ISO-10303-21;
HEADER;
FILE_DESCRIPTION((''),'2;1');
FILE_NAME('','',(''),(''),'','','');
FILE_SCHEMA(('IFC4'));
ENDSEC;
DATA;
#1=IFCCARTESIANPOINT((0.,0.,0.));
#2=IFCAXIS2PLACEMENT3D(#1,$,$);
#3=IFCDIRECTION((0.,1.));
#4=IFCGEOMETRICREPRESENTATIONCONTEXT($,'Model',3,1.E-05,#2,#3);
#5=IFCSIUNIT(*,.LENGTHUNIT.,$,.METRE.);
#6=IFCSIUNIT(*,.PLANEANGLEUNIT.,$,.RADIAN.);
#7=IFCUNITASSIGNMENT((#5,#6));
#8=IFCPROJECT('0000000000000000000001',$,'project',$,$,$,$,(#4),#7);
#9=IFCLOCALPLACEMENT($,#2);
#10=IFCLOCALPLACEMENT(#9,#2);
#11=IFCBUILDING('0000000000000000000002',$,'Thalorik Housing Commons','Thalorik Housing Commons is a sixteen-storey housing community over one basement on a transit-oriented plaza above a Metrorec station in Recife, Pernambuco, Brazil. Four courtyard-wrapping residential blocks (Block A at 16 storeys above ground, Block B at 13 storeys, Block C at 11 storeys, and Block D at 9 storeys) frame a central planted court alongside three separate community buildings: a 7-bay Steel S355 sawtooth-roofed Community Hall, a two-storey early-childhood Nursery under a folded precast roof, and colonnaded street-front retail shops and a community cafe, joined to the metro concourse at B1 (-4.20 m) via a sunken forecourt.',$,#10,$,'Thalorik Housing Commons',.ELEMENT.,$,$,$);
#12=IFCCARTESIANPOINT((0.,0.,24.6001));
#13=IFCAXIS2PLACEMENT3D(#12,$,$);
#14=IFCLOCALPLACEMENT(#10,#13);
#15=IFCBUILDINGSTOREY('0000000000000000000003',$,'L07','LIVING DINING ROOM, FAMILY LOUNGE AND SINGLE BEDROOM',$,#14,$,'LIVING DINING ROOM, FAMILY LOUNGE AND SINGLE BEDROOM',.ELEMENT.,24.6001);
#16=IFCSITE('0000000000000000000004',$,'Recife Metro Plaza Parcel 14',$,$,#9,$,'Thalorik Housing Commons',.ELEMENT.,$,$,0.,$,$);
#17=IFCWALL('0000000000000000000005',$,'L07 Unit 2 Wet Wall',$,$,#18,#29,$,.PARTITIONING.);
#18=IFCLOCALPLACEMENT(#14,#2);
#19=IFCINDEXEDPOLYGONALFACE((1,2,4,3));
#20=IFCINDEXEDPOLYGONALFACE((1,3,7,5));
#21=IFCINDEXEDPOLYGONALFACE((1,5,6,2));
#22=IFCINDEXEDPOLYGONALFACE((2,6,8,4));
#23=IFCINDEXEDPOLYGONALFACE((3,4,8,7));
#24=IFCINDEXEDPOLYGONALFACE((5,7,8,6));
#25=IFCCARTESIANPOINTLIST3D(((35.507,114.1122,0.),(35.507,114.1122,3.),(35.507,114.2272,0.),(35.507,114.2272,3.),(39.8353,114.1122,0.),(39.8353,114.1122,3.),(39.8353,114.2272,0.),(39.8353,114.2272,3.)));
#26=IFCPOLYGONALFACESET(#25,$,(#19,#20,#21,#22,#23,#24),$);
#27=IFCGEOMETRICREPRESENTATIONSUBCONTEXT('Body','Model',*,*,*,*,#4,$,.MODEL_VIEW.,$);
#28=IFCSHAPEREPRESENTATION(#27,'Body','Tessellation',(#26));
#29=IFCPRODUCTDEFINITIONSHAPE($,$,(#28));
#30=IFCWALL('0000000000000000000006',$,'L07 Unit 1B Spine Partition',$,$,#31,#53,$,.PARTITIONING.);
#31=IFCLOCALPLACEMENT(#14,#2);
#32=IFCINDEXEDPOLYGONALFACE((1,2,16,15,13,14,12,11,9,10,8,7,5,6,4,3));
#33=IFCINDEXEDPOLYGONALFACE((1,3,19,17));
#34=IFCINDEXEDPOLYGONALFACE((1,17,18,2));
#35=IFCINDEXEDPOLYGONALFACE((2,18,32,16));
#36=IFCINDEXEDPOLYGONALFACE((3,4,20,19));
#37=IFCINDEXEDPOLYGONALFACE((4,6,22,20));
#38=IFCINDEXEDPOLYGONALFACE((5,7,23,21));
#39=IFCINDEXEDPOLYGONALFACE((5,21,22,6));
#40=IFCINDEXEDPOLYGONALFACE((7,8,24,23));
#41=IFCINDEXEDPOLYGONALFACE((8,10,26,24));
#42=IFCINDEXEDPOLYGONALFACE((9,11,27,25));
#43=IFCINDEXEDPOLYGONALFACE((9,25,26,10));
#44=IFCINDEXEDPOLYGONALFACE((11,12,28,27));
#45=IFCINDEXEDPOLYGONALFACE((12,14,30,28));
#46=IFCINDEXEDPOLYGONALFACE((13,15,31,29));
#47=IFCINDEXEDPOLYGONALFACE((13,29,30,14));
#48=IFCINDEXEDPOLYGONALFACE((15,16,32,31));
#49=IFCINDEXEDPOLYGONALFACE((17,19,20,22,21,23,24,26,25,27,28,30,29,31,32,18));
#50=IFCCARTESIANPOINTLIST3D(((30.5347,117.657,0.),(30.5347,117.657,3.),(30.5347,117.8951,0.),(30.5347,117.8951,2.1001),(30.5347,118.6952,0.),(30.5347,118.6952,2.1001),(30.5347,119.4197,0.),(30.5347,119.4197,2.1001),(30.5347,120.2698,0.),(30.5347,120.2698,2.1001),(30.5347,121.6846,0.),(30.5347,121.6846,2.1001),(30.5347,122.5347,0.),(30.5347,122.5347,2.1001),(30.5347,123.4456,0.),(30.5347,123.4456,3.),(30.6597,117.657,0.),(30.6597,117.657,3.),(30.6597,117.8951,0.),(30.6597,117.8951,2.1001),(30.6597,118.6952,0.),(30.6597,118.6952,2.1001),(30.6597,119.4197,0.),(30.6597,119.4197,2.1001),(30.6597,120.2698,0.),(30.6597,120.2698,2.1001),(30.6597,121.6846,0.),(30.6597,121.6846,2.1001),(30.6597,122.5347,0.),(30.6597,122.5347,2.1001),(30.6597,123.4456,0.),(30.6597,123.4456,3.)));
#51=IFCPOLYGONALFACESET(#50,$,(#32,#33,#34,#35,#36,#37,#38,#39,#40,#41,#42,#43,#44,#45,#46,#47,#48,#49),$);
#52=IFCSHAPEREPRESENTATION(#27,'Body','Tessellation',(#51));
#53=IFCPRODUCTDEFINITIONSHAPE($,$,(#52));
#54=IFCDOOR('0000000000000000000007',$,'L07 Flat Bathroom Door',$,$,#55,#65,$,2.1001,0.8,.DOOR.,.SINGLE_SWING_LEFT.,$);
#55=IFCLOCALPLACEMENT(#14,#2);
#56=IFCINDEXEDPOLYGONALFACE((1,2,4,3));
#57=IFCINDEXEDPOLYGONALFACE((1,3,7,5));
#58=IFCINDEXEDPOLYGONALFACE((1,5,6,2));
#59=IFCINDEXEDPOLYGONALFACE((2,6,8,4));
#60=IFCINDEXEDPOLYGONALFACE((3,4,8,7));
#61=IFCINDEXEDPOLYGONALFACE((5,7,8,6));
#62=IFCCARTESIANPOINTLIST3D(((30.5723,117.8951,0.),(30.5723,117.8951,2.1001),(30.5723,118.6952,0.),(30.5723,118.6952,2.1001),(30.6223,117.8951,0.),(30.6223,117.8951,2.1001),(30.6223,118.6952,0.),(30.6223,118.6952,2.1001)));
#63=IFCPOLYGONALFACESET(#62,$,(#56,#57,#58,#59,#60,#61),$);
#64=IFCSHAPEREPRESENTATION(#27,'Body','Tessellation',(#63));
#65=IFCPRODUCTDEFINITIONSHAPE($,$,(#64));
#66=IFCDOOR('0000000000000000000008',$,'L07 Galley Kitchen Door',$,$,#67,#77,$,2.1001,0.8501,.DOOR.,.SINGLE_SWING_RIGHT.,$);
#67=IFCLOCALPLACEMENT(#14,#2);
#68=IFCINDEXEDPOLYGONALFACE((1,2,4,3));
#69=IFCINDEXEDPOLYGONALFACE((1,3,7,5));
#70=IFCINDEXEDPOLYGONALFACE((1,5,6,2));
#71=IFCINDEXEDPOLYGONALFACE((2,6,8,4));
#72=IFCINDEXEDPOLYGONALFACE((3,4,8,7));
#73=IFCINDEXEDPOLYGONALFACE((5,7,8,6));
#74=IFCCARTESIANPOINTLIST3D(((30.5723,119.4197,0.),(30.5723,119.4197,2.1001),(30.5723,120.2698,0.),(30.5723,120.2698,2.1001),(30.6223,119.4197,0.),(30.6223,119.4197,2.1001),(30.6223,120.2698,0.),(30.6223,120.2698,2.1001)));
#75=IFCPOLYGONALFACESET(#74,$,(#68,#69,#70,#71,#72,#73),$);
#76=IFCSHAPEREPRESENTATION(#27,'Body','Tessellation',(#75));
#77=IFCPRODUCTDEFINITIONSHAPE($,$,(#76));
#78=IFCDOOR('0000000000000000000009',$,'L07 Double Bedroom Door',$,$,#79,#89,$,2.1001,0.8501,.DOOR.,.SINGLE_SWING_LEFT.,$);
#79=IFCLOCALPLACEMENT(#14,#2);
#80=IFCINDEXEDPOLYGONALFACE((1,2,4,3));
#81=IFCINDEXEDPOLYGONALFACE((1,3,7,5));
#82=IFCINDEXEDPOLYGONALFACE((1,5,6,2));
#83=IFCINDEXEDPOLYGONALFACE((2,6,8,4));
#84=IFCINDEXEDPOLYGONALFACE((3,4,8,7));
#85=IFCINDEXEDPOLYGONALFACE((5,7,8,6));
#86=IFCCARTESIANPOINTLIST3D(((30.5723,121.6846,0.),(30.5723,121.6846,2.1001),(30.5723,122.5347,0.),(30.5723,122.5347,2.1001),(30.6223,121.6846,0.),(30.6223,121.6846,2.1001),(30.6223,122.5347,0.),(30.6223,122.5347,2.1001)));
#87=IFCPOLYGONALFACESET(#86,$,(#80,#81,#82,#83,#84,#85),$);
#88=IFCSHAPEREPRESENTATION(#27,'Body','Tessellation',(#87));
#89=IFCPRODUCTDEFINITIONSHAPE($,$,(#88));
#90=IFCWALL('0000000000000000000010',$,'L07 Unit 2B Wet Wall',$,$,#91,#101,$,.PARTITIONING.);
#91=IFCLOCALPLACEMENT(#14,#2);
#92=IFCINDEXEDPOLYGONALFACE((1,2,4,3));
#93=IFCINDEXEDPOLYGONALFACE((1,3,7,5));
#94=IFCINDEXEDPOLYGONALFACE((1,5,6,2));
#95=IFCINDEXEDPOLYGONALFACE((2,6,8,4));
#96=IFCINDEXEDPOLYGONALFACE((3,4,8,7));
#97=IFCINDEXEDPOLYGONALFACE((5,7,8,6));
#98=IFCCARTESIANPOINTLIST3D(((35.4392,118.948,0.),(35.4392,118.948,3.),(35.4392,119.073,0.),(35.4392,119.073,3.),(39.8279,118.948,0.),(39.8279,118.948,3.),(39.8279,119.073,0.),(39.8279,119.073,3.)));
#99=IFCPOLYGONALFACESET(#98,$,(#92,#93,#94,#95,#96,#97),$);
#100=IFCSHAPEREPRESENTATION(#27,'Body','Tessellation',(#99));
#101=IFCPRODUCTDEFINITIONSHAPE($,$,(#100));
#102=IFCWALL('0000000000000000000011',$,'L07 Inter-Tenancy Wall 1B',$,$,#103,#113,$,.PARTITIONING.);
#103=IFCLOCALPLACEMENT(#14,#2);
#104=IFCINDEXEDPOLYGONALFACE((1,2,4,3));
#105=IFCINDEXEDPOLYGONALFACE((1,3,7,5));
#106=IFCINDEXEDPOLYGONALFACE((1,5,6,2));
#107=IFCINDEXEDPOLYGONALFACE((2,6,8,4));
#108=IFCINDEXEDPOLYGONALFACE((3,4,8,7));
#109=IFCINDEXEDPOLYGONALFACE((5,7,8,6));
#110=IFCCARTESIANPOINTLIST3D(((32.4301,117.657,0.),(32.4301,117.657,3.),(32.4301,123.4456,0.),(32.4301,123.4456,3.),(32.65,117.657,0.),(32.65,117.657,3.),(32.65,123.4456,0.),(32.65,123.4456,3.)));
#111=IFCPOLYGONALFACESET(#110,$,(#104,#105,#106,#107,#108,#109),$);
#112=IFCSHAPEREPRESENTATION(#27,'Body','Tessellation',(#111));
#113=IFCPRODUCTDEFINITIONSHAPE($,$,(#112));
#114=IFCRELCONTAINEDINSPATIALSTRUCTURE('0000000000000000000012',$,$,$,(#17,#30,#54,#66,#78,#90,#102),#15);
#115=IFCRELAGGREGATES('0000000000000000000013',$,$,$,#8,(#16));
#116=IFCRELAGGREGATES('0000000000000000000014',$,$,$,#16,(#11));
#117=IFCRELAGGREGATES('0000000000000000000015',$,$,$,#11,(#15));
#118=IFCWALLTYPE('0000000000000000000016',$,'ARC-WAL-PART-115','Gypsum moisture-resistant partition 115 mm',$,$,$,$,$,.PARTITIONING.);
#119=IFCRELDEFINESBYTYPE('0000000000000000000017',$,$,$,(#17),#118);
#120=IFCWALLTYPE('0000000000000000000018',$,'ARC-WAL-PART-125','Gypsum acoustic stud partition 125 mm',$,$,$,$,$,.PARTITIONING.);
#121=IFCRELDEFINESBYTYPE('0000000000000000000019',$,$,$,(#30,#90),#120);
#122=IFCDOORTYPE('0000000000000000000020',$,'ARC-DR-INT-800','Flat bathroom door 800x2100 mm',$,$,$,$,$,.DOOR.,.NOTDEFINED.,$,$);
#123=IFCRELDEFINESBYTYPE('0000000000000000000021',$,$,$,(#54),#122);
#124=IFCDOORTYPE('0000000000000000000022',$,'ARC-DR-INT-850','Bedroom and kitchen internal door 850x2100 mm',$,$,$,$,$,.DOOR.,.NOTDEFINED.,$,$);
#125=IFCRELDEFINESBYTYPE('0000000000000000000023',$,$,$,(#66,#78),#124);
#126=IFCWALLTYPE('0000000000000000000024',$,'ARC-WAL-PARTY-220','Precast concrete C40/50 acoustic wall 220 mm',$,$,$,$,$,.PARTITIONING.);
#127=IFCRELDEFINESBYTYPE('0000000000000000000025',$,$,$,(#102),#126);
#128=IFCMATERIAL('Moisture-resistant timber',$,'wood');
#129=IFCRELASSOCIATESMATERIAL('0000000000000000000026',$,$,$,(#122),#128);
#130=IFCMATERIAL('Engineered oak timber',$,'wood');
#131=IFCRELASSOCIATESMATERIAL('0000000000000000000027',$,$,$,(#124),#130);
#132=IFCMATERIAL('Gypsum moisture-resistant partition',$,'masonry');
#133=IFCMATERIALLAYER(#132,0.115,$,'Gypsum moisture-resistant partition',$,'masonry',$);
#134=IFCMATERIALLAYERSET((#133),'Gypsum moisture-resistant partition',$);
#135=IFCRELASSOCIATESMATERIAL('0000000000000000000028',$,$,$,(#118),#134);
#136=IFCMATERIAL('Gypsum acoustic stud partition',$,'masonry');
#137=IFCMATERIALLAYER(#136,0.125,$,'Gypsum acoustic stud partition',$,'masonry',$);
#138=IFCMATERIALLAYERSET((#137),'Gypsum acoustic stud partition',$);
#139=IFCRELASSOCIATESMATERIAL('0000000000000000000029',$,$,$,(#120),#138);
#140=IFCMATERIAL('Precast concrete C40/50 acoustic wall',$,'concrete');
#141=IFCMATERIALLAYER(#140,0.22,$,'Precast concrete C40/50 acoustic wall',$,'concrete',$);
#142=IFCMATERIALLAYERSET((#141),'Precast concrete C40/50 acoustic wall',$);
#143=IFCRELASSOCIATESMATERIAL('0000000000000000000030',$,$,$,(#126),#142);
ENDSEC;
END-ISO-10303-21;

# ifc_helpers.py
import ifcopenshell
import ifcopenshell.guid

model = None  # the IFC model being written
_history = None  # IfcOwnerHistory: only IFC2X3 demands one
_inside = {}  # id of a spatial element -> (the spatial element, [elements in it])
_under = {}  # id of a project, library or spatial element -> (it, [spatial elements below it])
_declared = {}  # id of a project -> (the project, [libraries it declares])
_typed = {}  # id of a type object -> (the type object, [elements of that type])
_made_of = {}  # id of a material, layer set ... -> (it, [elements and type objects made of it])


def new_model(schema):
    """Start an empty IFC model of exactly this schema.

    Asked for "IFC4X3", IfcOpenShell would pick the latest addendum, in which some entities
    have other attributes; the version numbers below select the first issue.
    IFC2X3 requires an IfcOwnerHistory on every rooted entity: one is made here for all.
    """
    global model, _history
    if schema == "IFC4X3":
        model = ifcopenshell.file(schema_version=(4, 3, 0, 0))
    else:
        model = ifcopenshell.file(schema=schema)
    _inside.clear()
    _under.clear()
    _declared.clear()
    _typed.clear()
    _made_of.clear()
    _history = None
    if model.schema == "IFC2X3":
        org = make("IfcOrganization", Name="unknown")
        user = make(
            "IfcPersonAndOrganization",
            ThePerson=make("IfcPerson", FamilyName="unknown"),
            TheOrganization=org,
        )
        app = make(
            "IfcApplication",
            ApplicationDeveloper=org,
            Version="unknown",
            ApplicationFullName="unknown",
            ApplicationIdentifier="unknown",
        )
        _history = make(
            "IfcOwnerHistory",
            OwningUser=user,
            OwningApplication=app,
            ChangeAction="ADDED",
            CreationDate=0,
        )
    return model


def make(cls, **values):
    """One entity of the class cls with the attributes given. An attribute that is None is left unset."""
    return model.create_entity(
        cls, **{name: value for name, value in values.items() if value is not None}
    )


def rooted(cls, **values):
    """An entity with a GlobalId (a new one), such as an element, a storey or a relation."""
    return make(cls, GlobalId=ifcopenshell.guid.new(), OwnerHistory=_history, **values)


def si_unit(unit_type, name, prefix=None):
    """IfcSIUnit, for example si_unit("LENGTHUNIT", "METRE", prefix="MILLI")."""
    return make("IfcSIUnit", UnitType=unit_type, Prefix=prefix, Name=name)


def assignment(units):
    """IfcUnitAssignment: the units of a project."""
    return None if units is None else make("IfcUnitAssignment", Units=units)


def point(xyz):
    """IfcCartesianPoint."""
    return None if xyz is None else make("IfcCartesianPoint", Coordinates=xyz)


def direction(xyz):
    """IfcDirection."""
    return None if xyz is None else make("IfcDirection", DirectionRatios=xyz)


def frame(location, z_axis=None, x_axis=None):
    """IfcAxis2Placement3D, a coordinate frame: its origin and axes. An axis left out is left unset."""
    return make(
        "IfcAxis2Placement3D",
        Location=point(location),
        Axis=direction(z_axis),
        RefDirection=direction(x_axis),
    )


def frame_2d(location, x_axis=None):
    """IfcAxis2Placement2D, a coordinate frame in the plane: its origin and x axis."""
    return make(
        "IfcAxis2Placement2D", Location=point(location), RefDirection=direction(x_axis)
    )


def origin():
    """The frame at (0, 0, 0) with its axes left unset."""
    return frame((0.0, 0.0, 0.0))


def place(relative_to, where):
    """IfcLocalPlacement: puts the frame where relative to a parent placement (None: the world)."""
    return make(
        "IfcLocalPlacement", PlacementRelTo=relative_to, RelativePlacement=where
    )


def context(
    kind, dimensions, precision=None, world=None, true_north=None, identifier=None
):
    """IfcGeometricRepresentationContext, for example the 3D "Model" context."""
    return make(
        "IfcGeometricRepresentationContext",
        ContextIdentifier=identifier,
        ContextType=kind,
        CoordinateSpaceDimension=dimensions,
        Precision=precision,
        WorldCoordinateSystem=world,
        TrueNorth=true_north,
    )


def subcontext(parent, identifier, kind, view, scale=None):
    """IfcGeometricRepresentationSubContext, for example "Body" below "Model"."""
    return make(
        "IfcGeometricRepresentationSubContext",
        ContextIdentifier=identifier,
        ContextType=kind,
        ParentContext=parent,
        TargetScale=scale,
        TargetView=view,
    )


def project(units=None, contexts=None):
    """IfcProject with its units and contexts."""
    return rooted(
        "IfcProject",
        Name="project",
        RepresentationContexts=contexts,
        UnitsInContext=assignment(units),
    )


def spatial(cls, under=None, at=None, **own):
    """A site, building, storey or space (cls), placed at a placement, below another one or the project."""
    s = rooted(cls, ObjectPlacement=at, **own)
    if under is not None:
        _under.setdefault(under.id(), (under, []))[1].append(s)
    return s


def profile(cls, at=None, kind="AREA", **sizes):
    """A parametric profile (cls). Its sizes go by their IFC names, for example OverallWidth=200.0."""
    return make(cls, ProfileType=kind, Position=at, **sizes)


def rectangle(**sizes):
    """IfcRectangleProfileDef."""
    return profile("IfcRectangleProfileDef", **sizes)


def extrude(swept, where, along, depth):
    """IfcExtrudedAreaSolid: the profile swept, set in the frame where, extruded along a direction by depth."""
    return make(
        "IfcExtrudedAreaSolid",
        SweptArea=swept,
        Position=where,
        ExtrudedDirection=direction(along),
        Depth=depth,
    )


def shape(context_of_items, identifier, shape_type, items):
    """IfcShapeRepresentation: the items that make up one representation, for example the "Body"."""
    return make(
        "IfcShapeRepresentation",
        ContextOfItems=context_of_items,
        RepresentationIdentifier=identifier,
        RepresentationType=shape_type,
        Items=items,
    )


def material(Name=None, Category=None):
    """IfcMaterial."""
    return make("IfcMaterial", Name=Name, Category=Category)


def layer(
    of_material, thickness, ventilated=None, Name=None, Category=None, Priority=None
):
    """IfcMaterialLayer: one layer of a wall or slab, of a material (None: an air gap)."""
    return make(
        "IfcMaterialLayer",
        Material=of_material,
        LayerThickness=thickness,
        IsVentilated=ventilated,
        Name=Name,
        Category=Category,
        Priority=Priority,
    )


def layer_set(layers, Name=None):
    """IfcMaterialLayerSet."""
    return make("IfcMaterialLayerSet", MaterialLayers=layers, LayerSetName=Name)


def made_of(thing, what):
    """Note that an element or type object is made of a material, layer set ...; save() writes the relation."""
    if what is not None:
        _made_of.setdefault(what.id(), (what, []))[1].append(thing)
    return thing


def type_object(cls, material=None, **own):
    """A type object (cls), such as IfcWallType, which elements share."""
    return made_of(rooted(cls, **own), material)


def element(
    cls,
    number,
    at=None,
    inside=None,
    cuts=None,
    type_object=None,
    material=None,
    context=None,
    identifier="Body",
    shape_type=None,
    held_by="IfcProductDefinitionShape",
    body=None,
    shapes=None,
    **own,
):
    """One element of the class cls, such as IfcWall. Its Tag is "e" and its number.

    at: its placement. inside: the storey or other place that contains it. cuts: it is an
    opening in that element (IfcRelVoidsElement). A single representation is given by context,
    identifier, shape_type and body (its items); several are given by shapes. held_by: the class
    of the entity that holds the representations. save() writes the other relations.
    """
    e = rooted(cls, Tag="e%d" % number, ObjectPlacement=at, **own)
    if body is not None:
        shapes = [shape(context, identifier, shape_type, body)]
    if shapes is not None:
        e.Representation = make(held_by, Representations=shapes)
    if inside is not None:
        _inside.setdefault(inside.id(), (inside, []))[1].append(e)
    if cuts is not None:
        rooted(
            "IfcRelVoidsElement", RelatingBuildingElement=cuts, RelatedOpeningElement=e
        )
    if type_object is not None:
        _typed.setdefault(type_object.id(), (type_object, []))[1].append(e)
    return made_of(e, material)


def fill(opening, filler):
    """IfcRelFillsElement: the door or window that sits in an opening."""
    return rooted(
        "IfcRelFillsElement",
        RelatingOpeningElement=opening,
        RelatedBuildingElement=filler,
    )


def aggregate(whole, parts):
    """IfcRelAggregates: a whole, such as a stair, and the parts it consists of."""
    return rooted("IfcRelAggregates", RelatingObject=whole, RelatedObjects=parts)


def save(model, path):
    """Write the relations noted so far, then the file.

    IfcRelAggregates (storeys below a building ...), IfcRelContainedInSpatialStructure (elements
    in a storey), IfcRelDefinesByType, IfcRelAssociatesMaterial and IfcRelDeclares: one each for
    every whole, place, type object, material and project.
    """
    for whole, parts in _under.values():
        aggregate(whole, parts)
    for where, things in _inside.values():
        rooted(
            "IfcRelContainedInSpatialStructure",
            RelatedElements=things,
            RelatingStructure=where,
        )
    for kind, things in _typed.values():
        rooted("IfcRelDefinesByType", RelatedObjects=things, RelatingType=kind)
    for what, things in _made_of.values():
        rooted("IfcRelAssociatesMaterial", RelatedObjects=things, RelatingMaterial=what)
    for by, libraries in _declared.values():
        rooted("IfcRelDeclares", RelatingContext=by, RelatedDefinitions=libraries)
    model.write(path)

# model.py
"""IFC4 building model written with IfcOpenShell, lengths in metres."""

from ifc_helpers import new_model, si_unit, direction, frame, frame_2d, origin, place, context, subcontext, project, spatial, rectangle, extrude, material, layer, layer_set, type_object, element, fill, save


model = new_model("IFC4")

# Units and contexts
model_context = context("Model", 3, precision=1e-05, world=origin(), true_north=direction((0.0, 1.0)))
body_context = subcontext(model_context, "Body", "Model", "MODEL_VIEW")
ifc_project = project(units=[si_unit("LENGTHUNIT", "METRE"), si_unit("PLANEANGLEUNIT", "RADIAN")], contexts=[model_context])

# Site, building, storey
site_placement = place(None, origin())
site = spatial("IfcSite", under=ifc_project, at=site_placement, Name="Recife Metro Plaza Parcel 14", LongName="Thalorik Housing Commons", CompositionType="ELEMENT", RefElevation=0.0)
building_placement = place(site_placement, origin())
building = spatial("IfcBuilding", under=site, at=building_placement, Name="Thalorik Housing Commons", Description="Thalorik Housing Commons is a sixteen-storey housing community over one basement on a transit-oriented plaza above a Metrorec station in Recife, Pernambuco, Brazil. Four courtyard-wrapping residential blocks (Block A at 16 storeys above ground, Block B at 13 storeys, Block C at 11 storeys, and Block D at 9 storeys) frame a central planted court alongside three separate community buildings: a 7-bay Steel S355 sawtooth-roofed Community Hall, a two-storey early-childhood Nursery under a folded precast roof, and colonnaded street-front retail shops and a community cafe, joined to the metro concourse at B1 (-4.20 m) via a sunken forecourt.", LongName="Thalorik Housing Commons", CompositionType="ELEMENT")
storey_placement = place(building_placement, frame((0.0, 0.0, 24.6001)))
storey = spatial("IfcBuildingStorey", under=building, at=storey_placement, Name="L07", Description="LIVING DINING ROOM, FAMILY LOUNGE AND SINGLE BEDROOM", LongName="LIVING DINING ROOM, FAMILY LOUNGE AND SINGLE BEDROOM", CompositionType="ELEMENT", Elevation=24.6001)

# Shared definitions
ifc_material_1 = material(Name="Moisture-resistant timber", Category="wood")
door_type_1 = type_object("IfcDoorType", Name="ARC-DR-INT-800", Description="Flat bathroom door 800x2100 mm", OperationType="NOTDEFINED", PredefinedType="DOOR", material=ifc_material_1)
ifc_material_2 = material(Name="Engineered oak timber", Category="wood")
door_type_2 = type_object("IfcDoorType", Name="ARC-DR-INT-850", Description="Bedroom and kitchen internal door 850x2100 mm", OperationType="NOTDEFINED", PredefinedType="DOOR", material=ifc_material_2)

# Wall
ifc_material_3 = material(Name="Gypsum moisture-resistant partition", Category="masonry")
ifc_layer_1 = layer(ifc_material_3, 0.115, Name="Gypsum moisture-resistant partition", Category="masonry")
ifc_layer_set_1 = layer_set([ifc_layer_1], Name="Gypsum moisture-resistant partition")
wall_type_1 = type_object("IfcWallType", Name="ARC-WAL-PART-115", Description="Gypsum moisture-resistant partition 115 mm", PredefinedType="PARTITIONING", material=ifc_layer_set_1)
wall_1_placement = place(storey_placement, frame((35.5071, 114.1697, 0.0), z_axis=(0.0, 0.0, 1.0), x_axis=(1.0, 0.0, 0.0)))
element("IfcWall", 1, at=wall_1_placement, inside=storey, type_object=wall_type_1, Name="L07 Unit 2 Wet Wall", PredefinedType="PARTITIONING", context=body_context, shape_type="SweptSolid", body=[
    extrude(rectangle(XDim=4.3284, YDim=0.115, at=frame_2d((2.1641, 0.0))), origin(), (0.0, 0.0, 1.0), 3.0),
])

# Wall, openings, doors
ifc_material_4 = material(Name="Gypsum acoustic stud partition", Category="masonry")
ifc_layer_2 = layer(ifc_material_4, 0.125, Name="Gypsum acoustic stud partition", Category="masonry")
ifc_layer_set_2 = layer_set([ifc_layer_2], Name="Gypsum acoustic stud partition")
wall_type_2 = type_object("IfcWallType", Name="ARC-WAL-PART-125", Description="Gypsum acoustic stud partition 125 mm", PredefinedType="PARTITIONING", material=ifc_layer_set_2)
wall_2_placement = place(storey_placement, frame((30.5972, 117.657, 0.0), z_axis=(0.0, 0.0, 1.0), x_axis=(0.0, 1.0, 0.0)))
wall_2 = element("IfcWall", 2, at=wall_2_placement, inside=storey, type_object=wall_type_2, Name="L07 Unit 1B Spine Partition", PredefinedType="PARTITIONING", context=body_context, shape_type="SweptSolid", body=[
    extrude(rectangle(XDim=5.7886, YDim=0.125, at=frame_2d((2.8943, 0.0))), origin(), (0.0, 0.0, 1.0), 3.0),
])
opening_1_placement = place(wall_2_placement, frame((0.2383, 0.0, 0.0)))
opening_1 = element("IfcOpeningElement", 3, at=opening_1_placement, cuts=wall_2, PredefinedType="OPENING", context=body_context, shape_type="SweptSolid", body=[
    extrude(rectangle(XDim=0.8, YDim=2.1001, at=frame_2d((0.3999, 1.05))), frame((0.0, 0.0725, 0.0), z_axis=(0.0, -1.0, 0.0), x_axis=(1.0, 0.0, 0.0)), (0.0, 0.0, 1.0), 0.145),
])
opening_2_placement = place(wall_2_placement, frame((1.7627, 0.0, 0.0)))
opening_2 = element("IfcOpeningElement", 4, at=opening_2_placement, cuts=wall_2, PredefinedType="OPENING", context=body_context, shape_type="SweptSolid", body=[
    extrude(rectangle(XDim=0.8501, YDim=2.1001, at=frame_2d((0.425, 1.05))), frame((0.0, 0.0725, 0.0), z_axis=(0.0, -1.0, 0.0), x_axis=(1.0, 0.0, 0.0)), (0.0, 0.0, 1.0), 0.145),
])
opening_3_placement = place(wall_2_placement, frame((4.0276, 0.0, 0.0)))
opening_3 = element("IfcOpeningElement", 5, at=opening_3_placement, cuts=wall_2, PredefinedType="OPENING", context=body_context, shape_type="SweptSolid", body=[
    extrude(rectangle(XDim=0.8501, YDim=2.1001, at=frame_2d((0.425, 1.05))), frame((0.0, 0.0725, 0.0), z_axis=(0.0, -1.0, 0.0), x_axis=(1.0, 0.0, 0.0)), (0.0, 0.0, 1.0), 0.145),
])
door_1_placement = place(opening_1_placement, origin())
door_1 = element("IfcDoor", 6, at=door_1_placement, inside=storey, type_object=door_type_1, Name="L07 Flat Bathroom Door", OperationType="SINGLE_SWING_LEFT", OverallHeight=2.1001, OverallWidth=0.8, PredefinedType="DOOR", context=body_context, shape_type="SweptSolid", body=[
    extrude(rectangle(XDim=0.8, YDim=2.1001, at=frame_2d((0.3999, 1.05))), frame((0.0, 0.0249, 0.0), z_axis=(0.0, -1.0, 0.0), x_axis=(1.0, 0.0, 0.0)), (0.0, 0.0, 1.0), 0.05),
])
fill(opening_1, door_1)
door_2_placement = place(opening_2_placement, origin())
door_2 = element("IfcDoor", 7, at=door_2_placement, inside=storey, type_object=door_type_2, Name="L07 Galley Kitchen Door", OperationType="SINGLE_SWING_RIGHT", OverallHeight=2.1001, OverallWidth=0.8501, PredefinedType="DOOR", context=body_context, shape_type="SweptSolid", body=[
    extrude(rectangle(XDim=0.8501, YDim=2.1001, at=frame_2d((0.425, 1.05))), frame((0.0, 0.0249, 0.0), z_axis=(0.0, -1.0, 0.0), x_axis=(1.0, 0.0, 0.0)), (0.0, 0.0, 1.0), 0.05),
])
fill(opening_2, door_2)
door_3_placement = place(opening_3_placement, origin())
door_3 = element("IfcDoor", 8, at=door_3_placement, inside=storey, type_object=door_type_2, Name="L07 Double Bedroom Door", OperationType="SINGLE_SWING_LEFT", OverallHeight=2.1001, OverallWidth=0.8501, PredefinedType="DOOR", context=body_context, shape_type="SweptSolid", body=[
    extrude(rectangle(XDim=0.8501, YDim=2.1001, at=frame_2d((0.425, 1.05))), frame((0.0, 0.0249, 0.0), z_axis=(0.0, -1.0, 0.0), x_axis=(1.0, 0.0, 0.0)), (0.0, 0.0, 1.0), 0.05),
])
fill(opening_3, door_3)

# Walls
wall_3_placement = place(storey_placement, frame((35.4392, 119.0105, 0.0), z_axis=(0.0, 0.0, 1.0), x_axis=(1.0, 0.0, 0.0)))
element("IfcWall", 9, at=wall_3_placement, inside=storey, type_object=wall_type_2, Name="L07 Unit 2B Wet Wall", PredefinedType="PARTITIONING", context=body_context, shape_type="SweptSolid", body=[
    extrude(rectangle(XDim=4.3887, YDim=0.125, at=frame_2d((2.1943, 0.0))), origin(), (0.0, 0.0, 1.0), 3.0),
])
ifc_material_5 = material(Name="Precast concrete C40/50 acoustic wall", Category="concrete")
ifc_layer_3 = layer(ifc_material_5, 0.22, Name="Precast concrete C40/50 acoustic wall", Category="concrete")
ifc_layer_set_3 = layer_set([ifc_layer_3], Name="Precast concrete C40/50 acoustic wall")
wall_type_3 = type_object("IfcWallType", Name="ARC-WAL-PARTY-220", Description="Precast concrete C40/50 acoustic wall 220 mm", PredefinedType="PARTITIONING", material=ifc_layer_set_3)
wall_4_placement = place(storey_placement, frame((32.54, 117.657, 0.0), z_axis=(0.0, 0.0, 1.0), x_axis=(0.0, 1.0, 0.0)))
element("IfcWall", 10, at=wall_4_placement, inside=storey, type_object=wall_type_3, Name="L07 Inter-Tenancy Wall 1B", PredefinedType="PARTITIONING", context=body_context, shape_type="SweptSolid", body=[
    extrude(rectangle(XDim=5.7886, YDim=0.22, at=frame_2d((2.8943, 0.0))), origin(), (0.0, 0.0, 1.0), 3.0),
])

save(model, "model.ifc")
